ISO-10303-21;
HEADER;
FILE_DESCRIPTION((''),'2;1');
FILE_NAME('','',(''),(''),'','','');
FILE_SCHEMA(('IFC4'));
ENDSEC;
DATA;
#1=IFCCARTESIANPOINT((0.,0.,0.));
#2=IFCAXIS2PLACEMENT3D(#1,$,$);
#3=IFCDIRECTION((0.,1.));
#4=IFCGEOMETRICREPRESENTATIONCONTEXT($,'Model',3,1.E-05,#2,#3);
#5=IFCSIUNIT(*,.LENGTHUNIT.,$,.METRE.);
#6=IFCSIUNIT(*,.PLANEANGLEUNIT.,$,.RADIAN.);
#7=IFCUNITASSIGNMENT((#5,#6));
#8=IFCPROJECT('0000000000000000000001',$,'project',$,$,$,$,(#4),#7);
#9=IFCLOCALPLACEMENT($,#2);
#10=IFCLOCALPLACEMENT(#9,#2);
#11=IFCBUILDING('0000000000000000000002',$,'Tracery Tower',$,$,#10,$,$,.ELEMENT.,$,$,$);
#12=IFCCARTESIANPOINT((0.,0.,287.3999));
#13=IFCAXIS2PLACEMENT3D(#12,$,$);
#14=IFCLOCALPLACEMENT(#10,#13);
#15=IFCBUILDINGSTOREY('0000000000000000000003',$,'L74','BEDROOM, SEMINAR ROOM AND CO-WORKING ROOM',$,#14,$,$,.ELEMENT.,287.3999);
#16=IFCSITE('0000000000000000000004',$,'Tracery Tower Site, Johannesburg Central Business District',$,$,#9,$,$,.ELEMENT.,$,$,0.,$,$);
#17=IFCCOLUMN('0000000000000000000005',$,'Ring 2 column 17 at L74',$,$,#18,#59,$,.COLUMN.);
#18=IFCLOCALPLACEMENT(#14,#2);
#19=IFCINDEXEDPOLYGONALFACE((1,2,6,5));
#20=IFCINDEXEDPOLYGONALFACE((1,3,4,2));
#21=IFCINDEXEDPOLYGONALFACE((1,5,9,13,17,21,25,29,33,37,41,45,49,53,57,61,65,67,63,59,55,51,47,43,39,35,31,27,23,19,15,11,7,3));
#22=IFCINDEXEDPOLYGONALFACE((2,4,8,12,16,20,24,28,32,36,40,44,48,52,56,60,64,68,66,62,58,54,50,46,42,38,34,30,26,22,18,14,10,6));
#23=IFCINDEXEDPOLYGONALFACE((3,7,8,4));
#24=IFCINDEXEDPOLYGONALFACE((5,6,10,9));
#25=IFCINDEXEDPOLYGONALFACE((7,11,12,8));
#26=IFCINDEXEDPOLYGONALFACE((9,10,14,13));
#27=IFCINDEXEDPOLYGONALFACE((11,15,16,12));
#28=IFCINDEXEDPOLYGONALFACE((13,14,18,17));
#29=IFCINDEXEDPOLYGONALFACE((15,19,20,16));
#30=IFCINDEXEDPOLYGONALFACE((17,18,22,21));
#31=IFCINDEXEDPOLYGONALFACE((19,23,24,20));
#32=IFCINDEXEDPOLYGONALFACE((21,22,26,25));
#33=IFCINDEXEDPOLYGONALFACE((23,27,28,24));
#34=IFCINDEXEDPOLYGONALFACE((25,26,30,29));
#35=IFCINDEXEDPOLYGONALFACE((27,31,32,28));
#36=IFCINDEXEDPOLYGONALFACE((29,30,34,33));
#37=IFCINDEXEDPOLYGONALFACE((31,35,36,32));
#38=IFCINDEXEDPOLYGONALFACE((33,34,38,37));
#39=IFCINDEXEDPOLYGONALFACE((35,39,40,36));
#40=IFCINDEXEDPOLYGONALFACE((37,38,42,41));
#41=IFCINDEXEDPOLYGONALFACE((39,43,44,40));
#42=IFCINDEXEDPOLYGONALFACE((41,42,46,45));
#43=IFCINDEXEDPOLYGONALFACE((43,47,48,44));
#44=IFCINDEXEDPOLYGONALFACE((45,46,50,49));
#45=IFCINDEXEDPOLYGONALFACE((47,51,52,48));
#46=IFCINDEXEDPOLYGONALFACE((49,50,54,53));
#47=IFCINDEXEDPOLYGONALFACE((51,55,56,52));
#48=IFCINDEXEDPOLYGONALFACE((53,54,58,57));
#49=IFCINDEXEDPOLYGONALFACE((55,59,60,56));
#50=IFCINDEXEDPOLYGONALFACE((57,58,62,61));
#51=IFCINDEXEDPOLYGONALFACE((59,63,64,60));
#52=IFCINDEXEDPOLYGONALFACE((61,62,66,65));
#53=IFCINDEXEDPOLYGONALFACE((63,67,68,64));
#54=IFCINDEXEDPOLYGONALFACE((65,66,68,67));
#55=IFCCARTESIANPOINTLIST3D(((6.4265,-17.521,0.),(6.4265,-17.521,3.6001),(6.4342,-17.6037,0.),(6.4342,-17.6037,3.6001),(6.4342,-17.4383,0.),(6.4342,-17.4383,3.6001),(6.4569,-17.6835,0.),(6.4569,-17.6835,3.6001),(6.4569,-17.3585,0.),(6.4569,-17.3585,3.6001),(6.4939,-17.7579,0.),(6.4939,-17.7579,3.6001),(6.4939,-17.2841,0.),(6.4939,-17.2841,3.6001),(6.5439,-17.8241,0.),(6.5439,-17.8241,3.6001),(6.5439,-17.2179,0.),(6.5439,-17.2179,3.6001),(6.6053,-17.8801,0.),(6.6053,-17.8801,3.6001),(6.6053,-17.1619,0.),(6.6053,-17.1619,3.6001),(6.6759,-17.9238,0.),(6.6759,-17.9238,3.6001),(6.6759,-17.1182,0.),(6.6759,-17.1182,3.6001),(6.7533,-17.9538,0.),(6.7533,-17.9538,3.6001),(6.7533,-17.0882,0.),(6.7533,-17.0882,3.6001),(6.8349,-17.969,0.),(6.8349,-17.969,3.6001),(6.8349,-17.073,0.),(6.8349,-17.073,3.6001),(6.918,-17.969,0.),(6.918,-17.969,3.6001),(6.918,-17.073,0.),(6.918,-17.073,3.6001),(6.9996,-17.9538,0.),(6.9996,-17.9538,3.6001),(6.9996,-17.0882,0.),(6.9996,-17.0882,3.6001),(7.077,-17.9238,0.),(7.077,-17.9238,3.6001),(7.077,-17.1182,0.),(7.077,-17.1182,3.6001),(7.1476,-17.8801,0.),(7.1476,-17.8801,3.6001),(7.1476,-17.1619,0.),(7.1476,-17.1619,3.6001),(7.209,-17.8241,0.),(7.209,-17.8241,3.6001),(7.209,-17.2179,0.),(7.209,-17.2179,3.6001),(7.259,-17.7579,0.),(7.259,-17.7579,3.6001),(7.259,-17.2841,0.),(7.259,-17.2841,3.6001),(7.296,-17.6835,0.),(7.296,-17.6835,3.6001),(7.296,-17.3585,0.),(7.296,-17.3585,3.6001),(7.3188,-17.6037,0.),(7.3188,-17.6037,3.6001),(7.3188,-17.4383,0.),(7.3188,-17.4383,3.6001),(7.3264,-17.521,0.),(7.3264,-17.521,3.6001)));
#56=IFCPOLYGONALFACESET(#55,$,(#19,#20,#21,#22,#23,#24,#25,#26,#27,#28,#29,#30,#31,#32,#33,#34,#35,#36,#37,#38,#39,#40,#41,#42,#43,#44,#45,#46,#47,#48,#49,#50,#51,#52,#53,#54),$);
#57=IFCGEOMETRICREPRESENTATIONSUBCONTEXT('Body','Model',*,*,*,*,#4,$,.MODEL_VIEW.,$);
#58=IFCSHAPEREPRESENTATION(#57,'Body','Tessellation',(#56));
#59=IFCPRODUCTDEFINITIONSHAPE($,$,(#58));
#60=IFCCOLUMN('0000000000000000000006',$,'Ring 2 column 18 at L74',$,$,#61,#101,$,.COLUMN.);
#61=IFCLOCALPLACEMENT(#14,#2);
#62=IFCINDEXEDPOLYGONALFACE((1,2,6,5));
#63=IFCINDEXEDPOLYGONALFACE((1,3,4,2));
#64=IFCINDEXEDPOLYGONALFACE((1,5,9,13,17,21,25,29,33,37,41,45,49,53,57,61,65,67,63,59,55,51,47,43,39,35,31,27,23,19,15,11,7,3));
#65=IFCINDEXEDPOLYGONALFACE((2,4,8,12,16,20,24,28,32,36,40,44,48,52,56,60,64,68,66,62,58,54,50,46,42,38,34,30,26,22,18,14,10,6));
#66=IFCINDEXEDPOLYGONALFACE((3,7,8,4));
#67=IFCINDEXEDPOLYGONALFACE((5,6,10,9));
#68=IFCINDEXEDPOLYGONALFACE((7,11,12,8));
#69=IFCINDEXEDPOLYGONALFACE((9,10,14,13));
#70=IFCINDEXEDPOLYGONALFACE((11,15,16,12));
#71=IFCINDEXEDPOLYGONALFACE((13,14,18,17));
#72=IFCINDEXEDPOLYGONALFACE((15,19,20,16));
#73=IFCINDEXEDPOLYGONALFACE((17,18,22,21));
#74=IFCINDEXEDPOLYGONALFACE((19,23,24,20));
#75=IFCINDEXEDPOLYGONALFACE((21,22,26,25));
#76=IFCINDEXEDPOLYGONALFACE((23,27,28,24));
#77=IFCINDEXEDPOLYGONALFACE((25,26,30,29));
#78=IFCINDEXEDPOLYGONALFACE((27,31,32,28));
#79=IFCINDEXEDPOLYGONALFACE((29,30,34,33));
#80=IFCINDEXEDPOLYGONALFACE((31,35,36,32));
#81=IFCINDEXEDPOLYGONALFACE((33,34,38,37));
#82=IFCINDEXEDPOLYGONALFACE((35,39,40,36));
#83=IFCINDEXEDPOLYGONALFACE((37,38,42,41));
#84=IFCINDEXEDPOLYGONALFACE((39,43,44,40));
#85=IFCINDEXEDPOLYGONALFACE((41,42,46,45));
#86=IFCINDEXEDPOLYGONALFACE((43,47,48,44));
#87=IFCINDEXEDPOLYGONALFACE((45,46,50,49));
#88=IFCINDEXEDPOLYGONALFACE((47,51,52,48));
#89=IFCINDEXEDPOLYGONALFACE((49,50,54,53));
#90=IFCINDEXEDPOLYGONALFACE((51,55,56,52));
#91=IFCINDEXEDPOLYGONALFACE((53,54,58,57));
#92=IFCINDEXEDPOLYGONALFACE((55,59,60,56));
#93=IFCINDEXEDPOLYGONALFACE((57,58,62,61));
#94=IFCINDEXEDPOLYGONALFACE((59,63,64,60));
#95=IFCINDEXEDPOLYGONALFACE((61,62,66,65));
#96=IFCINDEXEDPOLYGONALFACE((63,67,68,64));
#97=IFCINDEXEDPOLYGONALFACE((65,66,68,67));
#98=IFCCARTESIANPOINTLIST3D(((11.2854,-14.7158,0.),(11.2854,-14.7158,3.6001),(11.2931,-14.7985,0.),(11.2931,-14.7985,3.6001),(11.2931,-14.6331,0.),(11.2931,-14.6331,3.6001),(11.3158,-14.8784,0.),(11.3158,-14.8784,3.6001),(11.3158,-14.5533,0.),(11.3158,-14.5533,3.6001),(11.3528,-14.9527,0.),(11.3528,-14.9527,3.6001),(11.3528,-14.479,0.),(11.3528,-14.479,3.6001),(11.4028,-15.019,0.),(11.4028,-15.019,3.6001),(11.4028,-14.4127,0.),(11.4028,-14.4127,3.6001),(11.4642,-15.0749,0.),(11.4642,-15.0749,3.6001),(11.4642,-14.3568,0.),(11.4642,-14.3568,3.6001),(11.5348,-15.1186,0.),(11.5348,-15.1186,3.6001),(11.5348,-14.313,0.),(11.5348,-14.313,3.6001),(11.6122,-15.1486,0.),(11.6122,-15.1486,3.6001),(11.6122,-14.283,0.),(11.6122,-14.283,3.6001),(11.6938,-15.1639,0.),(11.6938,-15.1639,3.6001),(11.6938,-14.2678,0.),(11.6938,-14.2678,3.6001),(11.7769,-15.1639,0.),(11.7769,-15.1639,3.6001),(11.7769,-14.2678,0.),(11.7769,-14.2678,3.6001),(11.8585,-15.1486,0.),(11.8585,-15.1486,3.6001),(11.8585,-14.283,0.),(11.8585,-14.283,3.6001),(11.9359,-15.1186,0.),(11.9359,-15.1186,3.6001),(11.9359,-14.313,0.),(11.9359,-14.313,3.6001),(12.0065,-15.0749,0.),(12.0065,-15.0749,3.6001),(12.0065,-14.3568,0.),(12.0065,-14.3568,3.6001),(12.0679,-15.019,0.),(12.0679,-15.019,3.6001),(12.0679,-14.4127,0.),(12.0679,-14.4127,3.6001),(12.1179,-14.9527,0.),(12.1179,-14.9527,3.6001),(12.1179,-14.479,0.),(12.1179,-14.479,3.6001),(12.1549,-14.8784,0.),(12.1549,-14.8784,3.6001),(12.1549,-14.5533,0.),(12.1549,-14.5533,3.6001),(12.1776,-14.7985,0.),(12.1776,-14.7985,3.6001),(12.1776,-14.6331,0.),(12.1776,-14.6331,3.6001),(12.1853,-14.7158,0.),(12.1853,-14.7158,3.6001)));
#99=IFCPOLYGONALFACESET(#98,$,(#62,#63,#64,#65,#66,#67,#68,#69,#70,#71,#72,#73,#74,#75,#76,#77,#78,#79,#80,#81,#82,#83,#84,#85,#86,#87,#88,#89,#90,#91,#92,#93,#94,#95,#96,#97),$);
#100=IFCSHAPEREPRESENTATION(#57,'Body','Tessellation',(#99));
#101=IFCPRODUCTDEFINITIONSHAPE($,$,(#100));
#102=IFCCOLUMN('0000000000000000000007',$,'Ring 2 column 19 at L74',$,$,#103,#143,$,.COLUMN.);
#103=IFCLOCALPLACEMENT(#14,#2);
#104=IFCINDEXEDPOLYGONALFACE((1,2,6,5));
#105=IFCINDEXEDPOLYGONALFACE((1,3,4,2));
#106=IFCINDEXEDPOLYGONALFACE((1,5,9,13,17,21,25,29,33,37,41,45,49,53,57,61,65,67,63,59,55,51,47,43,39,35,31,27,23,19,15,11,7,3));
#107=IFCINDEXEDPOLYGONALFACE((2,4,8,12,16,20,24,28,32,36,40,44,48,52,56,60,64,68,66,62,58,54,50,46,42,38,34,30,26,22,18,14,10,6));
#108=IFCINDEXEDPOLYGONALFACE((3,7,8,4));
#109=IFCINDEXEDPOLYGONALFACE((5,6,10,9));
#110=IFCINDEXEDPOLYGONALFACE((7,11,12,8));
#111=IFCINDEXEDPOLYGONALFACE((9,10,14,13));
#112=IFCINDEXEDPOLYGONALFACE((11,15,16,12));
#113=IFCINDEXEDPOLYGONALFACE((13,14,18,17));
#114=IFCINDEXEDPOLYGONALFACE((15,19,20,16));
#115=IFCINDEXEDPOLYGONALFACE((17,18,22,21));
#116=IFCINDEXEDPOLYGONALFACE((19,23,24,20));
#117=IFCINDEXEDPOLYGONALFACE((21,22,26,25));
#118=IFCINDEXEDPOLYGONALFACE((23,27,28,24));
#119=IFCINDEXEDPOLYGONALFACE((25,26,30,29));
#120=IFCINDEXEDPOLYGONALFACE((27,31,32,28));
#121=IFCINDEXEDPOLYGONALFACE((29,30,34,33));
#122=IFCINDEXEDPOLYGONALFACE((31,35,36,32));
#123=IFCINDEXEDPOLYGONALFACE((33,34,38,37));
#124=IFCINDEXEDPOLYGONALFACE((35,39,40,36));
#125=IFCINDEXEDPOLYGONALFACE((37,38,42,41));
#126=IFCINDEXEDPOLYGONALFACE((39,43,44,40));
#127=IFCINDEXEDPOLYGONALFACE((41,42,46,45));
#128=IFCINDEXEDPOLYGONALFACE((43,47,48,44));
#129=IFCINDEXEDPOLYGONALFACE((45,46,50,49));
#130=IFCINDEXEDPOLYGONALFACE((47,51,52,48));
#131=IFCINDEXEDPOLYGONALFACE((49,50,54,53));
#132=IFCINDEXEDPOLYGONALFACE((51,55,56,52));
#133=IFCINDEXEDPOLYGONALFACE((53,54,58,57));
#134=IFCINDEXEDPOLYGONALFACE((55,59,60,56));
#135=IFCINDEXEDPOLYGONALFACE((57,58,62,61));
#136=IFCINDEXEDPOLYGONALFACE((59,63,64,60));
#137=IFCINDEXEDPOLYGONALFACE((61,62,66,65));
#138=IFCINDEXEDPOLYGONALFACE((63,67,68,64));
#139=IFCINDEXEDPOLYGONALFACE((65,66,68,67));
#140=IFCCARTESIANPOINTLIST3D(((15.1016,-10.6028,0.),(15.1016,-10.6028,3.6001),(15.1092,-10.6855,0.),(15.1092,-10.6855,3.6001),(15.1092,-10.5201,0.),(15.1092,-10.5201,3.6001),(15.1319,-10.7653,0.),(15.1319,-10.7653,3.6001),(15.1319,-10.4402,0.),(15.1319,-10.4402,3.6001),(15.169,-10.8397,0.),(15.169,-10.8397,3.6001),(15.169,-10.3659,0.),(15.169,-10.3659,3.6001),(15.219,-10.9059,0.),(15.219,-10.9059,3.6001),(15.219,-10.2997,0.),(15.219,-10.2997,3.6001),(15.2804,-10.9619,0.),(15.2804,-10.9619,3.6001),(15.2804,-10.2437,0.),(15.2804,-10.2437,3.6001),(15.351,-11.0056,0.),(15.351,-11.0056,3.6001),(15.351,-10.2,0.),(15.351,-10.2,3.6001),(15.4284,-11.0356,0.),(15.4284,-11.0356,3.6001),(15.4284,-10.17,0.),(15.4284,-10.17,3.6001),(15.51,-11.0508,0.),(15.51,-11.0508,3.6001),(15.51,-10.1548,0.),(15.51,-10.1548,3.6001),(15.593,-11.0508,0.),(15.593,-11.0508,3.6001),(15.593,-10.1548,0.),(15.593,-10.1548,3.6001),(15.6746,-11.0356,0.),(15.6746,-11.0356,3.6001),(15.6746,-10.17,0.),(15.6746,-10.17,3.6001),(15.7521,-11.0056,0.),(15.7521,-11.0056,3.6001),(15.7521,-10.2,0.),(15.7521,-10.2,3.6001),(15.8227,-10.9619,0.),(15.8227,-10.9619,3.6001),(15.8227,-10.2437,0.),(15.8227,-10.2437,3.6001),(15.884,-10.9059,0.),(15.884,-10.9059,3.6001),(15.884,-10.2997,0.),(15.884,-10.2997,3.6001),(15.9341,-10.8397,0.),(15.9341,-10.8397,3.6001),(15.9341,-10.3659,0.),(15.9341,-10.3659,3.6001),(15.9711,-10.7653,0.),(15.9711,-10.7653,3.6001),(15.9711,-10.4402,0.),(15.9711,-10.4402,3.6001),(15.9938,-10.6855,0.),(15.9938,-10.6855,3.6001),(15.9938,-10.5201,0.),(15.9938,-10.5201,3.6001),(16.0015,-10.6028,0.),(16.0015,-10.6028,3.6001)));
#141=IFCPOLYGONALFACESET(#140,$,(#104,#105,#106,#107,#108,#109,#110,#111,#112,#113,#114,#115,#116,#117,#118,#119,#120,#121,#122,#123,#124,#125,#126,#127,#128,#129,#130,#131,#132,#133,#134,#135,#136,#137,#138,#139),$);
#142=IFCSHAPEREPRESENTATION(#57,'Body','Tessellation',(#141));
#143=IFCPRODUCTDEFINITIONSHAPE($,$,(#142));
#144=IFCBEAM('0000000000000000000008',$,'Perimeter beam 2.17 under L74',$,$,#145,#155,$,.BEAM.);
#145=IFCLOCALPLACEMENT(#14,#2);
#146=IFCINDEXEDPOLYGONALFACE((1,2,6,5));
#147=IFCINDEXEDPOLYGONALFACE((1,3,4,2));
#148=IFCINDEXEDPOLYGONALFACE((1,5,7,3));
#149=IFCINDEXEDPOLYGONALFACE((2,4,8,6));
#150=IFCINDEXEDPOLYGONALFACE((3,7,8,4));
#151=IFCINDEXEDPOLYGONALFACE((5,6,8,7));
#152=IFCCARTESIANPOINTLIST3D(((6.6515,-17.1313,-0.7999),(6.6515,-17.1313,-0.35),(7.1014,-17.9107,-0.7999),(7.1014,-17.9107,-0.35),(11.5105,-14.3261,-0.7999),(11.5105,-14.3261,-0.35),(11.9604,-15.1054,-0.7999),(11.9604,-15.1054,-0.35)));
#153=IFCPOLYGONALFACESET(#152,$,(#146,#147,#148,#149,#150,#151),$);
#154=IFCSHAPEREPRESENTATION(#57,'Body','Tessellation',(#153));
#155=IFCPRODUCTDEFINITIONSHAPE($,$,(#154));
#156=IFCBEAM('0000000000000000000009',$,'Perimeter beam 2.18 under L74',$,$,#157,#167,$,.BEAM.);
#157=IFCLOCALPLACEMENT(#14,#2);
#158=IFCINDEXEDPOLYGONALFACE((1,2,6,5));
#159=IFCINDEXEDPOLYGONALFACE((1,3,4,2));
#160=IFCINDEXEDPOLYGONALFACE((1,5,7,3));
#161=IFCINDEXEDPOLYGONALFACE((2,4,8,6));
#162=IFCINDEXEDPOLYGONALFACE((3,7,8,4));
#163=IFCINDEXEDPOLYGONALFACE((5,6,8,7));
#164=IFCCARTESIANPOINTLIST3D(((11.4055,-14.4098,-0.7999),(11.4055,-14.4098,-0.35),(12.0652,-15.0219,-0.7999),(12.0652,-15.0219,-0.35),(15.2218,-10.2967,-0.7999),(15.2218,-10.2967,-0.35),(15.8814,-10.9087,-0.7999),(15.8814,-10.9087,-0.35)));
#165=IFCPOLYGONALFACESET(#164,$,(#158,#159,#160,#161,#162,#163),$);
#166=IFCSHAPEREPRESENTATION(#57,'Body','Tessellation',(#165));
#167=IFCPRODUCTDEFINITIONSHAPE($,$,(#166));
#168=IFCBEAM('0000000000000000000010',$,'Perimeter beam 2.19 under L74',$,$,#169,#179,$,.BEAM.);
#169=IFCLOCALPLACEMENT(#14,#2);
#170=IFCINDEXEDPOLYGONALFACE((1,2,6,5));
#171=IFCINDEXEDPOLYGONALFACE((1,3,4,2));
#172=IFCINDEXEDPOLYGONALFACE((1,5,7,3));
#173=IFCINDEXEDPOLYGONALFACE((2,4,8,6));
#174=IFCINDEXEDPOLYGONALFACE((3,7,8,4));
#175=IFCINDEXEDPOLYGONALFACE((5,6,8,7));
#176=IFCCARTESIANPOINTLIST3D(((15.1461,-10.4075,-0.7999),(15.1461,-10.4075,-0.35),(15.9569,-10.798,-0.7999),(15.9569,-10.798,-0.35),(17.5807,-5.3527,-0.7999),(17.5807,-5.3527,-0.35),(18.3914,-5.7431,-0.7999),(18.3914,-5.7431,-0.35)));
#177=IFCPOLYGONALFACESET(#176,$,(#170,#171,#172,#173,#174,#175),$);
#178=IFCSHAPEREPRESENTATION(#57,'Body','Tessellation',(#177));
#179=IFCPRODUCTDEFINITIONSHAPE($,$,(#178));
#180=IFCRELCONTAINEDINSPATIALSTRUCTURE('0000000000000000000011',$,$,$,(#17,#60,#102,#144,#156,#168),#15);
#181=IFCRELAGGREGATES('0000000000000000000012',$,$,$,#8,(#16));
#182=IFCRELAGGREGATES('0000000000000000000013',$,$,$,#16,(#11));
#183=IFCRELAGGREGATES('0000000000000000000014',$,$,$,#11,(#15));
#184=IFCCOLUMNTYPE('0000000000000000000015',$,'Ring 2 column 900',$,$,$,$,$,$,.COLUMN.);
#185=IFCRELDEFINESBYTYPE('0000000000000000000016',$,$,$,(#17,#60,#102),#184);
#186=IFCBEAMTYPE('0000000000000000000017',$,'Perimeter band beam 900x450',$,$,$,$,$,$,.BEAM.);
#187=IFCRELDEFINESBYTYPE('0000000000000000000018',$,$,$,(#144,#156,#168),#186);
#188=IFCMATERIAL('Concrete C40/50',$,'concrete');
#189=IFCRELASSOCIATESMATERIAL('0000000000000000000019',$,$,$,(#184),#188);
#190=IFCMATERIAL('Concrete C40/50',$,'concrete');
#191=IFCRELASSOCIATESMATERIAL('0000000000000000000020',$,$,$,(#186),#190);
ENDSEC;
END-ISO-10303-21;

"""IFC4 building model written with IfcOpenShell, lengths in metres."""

from ifc_helpers import new_model, si_unit, direction, frame, origin, origin_2d, place, context, subcontext, project, spatial, rectangle, circle, extrude, material, material_profile, profile_set, type_object, element, save


model = new_model("IFC4")

# Units and contexts
model_context = context("Model", 3, precision=1e-05, world=origin(), true_north=direction((0.0, 1.0)))
body_context = subcontext(model_context, "Body", "Model", "MODEL_VIEW")
ifc_project = project(units=[si_unit("LENGTHUNIT", "METRE"), si_unit("PLANEANGLEUNIT", "RADIAN")], contexts=[model_context])

# Site, building, storey
site_placement = place(None, origin())
site = spatial("IfcSite", under=ifc_project, at=site_placement, Name="Tracery Tower Site, Johannesburg Central Business District", CompositionType="ELEMENT", RefElevation=0.0)
building_placement = place(site_placement, origin())
building = spatial("IfcBuilding", under=site, at=building_placement, Name="Tracery Tower", CompositionType="ELEMENT")
storey_placement = place(building_placement, frame((0.0, 0.0, 287.3999)))
storey = spatial("IfcBuildingStorey", under=building, at=storey_placement, Name="L74", Description="BEDROOM, SEMINAR ROOM AND CO-WORKING ROOM", CompositionType="ELEMENT", Elevation=287.3999)

# Columns
ifc_material_1 = material(Name="Concrete C40/50", Category="concrete")
ifc_material_profile_1 = material_profile(ifc_material_1, circle(Radius=0.45, at=origin_2d()), Name="RC D900")
ifc_profile_set_1 = profile_set([ifc_material_profile_1], Name="Concrete C40/50")
column_type = type_object("IfcColumnType", Name="Ring 2 column 900", PredefinedType="COLUMN", material=ifc_profile_set_1)
for number, where, z_axis, x_axis, name in (
    (1, (6.8765, -17.521, 0.0), (0.0, 0.0, 1.0), (1.0, 0.0, 0.0), "Ring 2 column 17 at L74"),
    (2, (11.7354, -14.7158, 0.0), (0.0, 0.0, 1.0), (1.0, 0.0, 0.0), "Ring 2 column 18 at L74"),
    (3, (15.5515, -10.6028, 0.0), (0.0, 0.0, 1.0), (1.0, 0.0, 0.0), "Ring 2 column 19 at L74"),
):
    element("IfcColumn", number, at=place(storey_placement, frame(where, z_axis=z_axis, x_axis=x_axis)), inside=storey, type_object=column_type, Name=name, PredefinedType="COLUMN", context=body_context, shape_type="SweptSolid", body=[
        extrude(circle(Radius=0.45, at=origin_2d()), origin(), (0.0, 0.0, 1.0), 3.6001),
    ])

# Beams
ifc_material_2 = material(Name="Concrete C40/50", Category="concrete")
ifc_material_profile_2 = material_profile(ifc_material_2, rectangle(XDim=0.8999, YDim=0.45, at=origin_2d()), Name="RC 900x450")
ifc_profile_set_2 = profile_set([ifc_material_profile_2], Name="Concrete C40/50")
beam_type = type_object("IfcBeamType", Name="Perimeter band beam 900x450", PredefinedType="BEAM", material=ifc_profile_set_2)
beam_1_placement = place(storey_placement, frame((6.8765, -17.521, -0.575), z_axis=(0.866033, 0.499986, 0.0), x_axis=(-0.499986, 0.866033, 0.0)))
element("IfcBeam", 4, at=beam_1_placement, inside=storey, type_object=beam_type, Name="Perimeter beam 2.17 under L74", PredefinedType="BEAM", context=body_context, shape_type="SweptSolid", body=[
    extrude(rectangle(XDim=0.8999, YDim=0.45, at=origin_2d()), origin(), (0.0, 0.0, 1.0), 5.6106),
])
beam_2_placement = place(storey_placement, frame((11.7354, -14.7158, -0.575), z_axis=(0.680156, 0.733068, 0.0), x_axis=(-0.733068, 0.680156, 0.0)))
element("IfcBeam", 5, at=beam_2_placement, inside=storey, type_object=beam_type, Name="Perimeter beam 2.18 under L74", PredefinedType="BEAM", context=body_context, shape_type="SweptSolid", body=[
    extrude(rectangle(XDim=0.8999, YDim=0.45, at=origin_2d()), origin(), (0.0, 0.0, 1.0), 5.6108),
])
beam_3_placement = place(storey_placement, frame((15.5515, -10.6028, -0.575), z_axis=(0.433919, 0.900952, 0.0), x_axis=(-0.900952, 0.433919, 0.0)))
element("IfcBeam", 6, at=beam_3_placement, inside=storey, type_object=beam_type, Name="Perimeter beam 2.19 under L74", PredefinedType="BEAM", context=body_context, shape_type="SweptSolid", body=[
    extrude(rectangle(XDim=0.8999, YDim=0.45, at=origin_2d()), origin(), (0.0, 0.0, 1.0), 5.6106),
])

save(model, "model.ifc")
